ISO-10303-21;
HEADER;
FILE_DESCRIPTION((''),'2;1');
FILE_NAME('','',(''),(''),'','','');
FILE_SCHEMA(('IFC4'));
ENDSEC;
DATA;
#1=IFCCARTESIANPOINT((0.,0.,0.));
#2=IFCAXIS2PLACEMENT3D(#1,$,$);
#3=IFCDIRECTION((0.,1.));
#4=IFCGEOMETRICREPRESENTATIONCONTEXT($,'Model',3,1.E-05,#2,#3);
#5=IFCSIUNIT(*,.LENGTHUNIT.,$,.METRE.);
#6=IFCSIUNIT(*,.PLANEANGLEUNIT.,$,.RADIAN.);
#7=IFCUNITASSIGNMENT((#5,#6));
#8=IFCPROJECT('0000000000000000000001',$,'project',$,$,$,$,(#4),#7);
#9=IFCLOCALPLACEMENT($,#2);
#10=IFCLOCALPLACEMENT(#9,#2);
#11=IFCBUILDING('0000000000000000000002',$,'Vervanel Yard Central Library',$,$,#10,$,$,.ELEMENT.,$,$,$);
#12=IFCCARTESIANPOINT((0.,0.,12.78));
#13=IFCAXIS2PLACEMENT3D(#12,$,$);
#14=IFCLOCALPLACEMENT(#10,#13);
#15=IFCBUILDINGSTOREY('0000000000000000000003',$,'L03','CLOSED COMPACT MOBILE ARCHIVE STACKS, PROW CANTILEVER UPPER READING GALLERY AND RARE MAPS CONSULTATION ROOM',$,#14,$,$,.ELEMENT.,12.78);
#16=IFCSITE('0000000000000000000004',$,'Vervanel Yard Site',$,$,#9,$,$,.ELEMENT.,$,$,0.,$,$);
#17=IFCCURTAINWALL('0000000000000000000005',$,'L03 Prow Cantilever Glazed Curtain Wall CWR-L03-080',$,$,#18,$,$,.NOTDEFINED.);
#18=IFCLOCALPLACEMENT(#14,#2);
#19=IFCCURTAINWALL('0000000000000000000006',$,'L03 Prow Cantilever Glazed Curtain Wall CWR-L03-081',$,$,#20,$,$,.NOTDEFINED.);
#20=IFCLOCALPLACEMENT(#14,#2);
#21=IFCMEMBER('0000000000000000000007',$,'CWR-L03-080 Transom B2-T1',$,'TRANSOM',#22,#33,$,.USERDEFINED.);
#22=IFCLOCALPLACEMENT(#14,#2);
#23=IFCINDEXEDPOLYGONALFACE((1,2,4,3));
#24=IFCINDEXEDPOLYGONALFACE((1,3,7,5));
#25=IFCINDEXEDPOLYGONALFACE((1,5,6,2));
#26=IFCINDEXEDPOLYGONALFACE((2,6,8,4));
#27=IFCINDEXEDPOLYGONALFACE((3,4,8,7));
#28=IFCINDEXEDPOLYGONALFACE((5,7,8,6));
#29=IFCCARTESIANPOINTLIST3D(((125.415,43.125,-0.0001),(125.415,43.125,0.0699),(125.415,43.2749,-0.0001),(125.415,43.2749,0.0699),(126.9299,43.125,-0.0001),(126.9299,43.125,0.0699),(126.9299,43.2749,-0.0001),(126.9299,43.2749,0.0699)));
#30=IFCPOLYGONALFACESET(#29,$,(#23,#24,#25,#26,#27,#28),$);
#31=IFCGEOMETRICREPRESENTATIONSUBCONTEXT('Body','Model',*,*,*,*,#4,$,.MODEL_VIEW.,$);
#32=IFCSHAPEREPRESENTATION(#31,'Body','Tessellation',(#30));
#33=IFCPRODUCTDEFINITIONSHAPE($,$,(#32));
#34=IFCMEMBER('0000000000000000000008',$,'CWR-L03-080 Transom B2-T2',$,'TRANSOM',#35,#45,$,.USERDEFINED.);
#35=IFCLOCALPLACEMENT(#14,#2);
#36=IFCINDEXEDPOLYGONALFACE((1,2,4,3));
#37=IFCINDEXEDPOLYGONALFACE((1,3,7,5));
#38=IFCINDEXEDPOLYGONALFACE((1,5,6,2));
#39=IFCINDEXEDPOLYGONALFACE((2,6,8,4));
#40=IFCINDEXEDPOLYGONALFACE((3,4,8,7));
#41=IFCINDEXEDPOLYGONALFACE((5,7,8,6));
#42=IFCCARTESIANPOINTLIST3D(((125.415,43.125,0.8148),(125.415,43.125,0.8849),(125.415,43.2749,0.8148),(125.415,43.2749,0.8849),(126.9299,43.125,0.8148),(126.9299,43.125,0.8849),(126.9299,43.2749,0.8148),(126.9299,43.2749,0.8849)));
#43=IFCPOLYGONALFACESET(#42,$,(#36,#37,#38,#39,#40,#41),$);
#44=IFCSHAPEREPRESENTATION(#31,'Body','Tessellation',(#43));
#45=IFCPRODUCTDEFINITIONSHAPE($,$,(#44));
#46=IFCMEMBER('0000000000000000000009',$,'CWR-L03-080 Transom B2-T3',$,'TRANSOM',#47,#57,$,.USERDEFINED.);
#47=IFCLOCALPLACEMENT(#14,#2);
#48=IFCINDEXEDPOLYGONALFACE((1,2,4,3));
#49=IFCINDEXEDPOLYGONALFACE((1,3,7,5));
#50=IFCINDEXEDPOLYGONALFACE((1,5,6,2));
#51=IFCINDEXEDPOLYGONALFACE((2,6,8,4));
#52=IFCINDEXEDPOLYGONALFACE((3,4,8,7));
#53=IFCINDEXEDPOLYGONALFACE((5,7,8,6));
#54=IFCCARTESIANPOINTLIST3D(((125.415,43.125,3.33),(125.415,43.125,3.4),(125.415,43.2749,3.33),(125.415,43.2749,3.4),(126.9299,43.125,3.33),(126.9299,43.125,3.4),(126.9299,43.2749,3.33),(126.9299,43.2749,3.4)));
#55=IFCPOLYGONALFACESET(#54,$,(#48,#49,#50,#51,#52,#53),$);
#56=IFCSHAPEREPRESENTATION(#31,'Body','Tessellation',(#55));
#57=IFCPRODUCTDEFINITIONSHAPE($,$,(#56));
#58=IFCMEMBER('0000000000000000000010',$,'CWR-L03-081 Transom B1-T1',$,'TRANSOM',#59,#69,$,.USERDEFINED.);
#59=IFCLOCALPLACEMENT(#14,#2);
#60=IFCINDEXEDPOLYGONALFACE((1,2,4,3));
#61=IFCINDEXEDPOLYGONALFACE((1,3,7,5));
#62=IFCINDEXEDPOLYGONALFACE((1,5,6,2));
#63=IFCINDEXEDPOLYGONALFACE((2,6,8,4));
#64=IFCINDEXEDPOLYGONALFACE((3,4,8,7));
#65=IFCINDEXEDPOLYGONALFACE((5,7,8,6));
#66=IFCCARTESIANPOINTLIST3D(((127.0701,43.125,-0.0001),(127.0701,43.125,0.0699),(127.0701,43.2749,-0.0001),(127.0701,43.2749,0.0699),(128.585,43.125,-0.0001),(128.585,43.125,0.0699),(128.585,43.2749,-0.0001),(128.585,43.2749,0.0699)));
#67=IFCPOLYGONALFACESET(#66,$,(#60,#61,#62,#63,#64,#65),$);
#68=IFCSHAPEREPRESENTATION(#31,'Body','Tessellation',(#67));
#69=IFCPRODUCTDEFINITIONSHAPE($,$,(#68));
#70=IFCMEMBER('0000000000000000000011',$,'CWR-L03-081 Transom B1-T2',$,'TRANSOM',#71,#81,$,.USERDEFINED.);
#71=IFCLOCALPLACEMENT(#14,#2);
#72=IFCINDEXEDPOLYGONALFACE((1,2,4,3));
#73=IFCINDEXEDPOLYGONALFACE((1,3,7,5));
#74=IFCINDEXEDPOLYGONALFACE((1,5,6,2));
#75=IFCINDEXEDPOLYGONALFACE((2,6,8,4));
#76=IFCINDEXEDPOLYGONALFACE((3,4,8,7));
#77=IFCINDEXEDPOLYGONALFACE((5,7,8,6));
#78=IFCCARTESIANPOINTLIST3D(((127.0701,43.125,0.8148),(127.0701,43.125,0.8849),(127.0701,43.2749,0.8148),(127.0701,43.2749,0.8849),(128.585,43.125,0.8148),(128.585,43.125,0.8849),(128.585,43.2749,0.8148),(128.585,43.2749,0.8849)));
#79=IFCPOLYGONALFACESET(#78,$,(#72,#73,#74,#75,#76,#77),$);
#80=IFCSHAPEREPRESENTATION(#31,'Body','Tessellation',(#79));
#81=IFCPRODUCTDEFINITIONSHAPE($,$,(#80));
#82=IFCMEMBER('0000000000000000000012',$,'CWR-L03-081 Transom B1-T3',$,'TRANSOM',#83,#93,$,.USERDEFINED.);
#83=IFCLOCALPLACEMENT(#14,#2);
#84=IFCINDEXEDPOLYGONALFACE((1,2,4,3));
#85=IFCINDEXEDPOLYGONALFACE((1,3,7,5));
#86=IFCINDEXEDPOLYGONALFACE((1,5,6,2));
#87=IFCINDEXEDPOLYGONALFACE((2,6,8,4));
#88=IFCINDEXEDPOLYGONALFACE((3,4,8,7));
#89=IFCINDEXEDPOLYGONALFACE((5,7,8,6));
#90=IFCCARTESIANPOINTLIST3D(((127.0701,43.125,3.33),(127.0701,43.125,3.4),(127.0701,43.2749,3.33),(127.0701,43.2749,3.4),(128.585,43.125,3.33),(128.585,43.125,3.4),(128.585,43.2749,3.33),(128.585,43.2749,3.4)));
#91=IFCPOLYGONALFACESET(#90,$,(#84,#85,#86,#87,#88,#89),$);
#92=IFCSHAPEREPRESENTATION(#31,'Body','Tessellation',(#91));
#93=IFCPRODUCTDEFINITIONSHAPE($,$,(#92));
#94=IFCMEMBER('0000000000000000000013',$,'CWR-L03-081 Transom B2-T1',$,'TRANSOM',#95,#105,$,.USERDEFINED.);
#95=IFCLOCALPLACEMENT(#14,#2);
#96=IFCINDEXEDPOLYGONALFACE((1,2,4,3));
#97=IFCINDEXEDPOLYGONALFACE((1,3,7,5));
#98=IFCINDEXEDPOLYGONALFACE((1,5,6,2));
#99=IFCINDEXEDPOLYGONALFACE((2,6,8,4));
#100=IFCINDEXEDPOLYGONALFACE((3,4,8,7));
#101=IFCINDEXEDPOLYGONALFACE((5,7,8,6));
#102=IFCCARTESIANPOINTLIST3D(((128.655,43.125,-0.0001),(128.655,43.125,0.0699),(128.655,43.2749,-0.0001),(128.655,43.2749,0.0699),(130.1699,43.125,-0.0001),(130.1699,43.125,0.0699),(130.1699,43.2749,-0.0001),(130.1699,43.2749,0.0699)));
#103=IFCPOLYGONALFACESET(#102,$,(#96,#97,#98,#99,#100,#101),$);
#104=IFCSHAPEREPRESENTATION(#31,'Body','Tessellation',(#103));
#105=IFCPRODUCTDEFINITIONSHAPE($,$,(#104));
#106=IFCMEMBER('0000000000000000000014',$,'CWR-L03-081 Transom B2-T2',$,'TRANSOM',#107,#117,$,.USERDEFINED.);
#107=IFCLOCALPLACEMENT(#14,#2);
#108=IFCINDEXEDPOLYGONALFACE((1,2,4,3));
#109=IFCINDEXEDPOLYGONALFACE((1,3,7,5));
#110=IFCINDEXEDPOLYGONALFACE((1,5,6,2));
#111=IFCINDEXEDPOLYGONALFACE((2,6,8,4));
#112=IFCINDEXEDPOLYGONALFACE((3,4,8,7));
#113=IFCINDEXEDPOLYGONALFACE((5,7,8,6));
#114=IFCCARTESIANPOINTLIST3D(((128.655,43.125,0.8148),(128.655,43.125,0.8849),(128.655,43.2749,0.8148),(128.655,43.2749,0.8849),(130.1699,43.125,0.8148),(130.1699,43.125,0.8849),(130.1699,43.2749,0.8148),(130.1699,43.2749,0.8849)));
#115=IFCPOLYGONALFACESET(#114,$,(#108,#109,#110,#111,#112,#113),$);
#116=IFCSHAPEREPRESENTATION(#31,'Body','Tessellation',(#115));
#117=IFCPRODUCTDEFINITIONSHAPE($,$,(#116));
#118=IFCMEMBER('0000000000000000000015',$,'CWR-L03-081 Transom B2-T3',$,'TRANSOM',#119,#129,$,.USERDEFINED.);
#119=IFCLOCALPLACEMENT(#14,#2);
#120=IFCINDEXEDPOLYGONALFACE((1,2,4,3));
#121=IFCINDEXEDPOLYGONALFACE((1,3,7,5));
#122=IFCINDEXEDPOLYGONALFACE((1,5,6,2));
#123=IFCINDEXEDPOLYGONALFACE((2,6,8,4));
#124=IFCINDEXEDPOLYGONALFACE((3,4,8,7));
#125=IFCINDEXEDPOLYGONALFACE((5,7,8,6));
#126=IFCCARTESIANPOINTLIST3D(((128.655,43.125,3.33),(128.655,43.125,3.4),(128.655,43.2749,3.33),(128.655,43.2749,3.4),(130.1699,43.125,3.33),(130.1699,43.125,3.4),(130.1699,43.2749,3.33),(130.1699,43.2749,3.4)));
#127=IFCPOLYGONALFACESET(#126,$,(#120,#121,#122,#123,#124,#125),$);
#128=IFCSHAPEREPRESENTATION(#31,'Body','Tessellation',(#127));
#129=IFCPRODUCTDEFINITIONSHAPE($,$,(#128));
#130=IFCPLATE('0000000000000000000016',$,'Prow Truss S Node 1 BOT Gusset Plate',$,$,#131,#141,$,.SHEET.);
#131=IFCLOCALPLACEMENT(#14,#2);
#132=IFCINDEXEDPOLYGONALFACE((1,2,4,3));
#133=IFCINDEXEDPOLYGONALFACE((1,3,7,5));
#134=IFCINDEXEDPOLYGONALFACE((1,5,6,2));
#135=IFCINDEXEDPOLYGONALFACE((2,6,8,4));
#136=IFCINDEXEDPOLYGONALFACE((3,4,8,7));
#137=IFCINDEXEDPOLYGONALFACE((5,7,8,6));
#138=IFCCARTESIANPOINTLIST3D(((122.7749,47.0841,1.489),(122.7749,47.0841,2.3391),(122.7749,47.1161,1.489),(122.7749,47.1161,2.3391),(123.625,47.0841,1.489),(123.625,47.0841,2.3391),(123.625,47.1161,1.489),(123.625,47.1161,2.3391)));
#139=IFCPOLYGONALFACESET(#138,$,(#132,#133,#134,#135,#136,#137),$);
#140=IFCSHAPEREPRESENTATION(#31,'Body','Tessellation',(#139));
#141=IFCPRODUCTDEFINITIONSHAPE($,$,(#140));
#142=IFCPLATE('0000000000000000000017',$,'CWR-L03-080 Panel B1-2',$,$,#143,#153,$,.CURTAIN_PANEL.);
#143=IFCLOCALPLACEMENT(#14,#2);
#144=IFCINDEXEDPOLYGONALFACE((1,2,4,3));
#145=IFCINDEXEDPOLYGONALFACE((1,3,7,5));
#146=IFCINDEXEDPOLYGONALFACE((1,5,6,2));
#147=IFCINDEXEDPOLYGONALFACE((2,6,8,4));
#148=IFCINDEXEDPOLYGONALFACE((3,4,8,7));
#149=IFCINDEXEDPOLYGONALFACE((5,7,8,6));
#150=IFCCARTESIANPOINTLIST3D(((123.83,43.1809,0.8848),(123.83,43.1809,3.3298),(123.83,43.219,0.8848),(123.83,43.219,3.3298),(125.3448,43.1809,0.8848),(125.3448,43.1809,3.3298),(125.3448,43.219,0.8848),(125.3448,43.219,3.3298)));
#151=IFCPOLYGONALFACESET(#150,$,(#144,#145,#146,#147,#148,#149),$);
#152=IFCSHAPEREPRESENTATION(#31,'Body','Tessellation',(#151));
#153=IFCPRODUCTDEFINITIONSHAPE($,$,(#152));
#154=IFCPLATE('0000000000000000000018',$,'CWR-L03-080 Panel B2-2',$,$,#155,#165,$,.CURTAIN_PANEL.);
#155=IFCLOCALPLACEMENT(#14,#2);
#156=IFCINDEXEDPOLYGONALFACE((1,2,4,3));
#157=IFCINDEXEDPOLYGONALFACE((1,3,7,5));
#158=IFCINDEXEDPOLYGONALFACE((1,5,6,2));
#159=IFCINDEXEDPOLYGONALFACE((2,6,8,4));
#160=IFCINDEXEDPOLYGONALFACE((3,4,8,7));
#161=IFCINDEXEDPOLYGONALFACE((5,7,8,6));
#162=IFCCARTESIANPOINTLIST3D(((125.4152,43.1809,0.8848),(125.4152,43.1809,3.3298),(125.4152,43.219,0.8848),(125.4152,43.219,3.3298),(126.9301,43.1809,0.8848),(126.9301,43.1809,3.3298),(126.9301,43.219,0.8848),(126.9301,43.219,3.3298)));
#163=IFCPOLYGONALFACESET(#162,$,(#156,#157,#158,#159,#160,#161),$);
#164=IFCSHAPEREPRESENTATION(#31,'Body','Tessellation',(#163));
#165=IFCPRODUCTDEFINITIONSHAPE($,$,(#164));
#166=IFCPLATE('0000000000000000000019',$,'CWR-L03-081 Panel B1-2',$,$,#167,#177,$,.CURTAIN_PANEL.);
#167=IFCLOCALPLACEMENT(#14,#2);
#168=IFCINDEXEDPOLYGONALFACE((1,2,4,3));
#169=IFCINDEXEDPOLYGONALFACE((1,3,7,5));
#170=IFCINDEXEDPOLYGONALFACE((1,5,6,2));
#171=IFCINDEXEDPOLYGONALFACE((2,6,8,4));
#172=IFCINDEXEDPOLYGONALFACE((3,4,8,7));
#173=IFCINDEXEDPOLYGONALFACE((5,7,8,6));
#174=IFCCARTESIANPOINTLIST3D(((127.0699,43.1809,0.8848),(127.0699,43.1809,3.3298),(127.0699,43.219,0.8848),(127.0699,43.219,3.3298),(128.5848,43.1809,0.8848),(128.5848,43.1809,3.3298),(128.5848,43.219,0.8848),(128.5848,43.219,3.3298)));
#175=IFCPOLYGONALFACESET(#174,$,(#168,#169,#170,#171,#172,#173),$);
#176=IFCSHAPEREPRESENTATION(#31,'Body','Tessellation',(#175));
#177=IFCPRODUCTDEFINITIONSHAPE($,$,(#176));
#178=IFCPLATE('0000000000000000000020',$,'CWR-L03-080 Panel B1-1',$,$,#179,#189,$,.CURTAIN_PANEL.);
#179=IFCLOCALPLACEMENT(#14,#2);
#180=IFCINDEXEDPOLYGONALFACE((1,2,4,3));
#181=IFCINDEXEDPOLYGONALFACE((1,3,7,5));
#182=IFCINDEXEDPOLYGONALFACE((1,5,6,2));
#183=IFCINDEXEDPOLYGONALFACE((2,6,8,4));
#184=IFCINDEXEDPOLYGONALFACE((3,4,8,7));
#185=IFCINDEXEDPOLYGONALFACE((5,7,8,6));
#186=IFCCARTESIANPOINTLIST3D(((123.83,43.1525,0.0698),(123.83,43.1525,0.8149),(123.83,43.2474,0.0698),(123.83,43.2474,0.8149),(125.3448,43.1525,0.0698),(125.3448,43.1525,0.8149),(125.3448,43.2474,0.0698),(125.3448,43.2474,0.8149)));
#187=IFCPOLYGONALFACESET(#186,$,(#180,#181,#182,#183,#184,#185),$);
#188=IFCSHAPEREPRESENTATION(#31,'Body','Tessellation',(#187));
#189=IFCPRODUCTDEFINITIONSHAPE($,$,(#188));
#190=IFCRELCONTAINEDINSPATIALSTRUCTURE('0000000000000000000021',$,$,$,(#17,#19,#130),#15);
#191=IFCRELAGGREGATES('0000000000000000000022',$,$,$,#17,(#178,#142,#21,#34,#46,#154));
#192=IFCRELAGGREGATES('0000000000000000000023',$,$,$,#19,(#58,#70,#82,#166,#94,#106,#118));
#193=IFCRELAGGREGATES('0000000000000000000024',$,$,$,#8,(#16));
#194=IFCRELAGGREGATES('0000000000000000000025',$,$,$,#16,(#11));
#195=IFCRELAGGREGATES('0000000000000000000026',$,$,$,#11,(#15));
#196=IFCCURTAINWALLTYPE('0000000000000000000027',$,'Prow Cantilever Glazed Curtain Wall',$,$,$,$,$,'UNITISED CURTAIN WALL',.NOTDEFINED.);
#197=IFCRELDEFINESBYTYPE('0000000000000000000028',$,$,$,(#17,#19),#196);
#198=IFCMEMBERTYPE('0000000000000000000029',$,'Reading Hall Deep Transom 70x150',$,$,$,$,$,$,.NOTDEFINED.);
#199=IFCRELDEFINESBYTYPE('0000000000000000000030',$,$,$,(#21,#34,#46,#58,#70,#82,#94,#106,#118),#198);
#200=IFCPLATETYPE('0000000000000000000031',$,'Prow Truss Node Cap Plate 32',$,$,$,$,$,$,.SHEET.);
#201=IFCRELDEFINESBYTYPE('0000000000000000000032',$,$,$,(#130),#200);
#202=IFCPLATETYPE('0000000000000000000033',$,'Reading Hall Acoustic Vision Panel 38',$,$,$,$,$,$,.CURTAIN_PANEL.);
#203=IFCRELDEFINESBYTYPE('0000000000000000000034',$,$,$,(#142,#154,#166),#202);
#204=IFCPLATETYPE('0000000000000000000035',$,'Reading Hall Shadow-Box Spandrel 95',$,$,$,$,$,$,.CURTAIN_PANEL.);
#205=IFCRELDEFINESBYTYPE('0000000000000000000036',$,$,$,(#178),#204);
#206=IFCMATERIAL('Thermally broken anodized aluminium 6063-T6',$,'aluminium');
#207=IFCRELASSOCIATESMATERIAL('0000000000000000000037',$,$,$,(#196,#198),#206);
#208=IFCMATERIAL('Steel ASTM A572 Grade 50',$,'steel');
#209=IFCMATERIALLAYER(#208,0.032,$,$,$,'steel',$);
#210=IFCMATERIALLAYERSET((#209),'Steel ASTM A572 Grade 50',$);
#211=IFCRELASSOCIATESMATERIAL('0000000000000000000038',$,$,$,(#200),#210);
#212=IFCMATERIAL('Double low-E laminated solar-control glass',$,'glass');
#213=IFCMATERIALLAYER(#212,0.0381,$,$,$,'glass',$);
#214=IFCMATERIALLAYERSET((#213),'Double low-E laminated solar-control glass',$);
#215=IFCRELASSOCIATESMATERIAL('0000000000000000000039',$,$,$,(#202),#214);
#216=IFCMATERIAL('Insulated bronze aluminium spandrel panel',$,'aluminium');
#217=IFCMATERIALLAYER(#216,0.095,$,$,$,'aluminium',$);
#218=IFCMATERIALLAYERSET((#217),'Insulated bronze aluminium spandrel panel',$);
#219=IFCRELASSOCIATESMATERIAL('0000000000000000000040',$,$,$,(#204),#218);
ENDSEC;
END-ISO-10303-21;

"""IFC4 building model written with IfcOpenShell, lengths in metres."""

from ifc_helpers import new_model, si_unit, direction, frame, origin, origin_2d, place, context, subcontext, project, spatial, rectangle, extrude, material, layer, layer_set, material_profile, profile_set, type_object, element, aggregate, save


model = new_model("IFC4")

# Units and contexts
model_context = context("Model", 3, precision=1e-05, world=origin(), true_north=direction((0.0, 1.0)))
body_context = subcontext(model_context, "Body", "Model", "MODEL_VIEW")
ifc_project = project(units=[si_unit("LENGTHUNIT", "METRE"), si_unit("PLANEANGLEUNIT", "RADIAN")], contexts=[model_context])

# Site, building, storey
site_placement = place(None, origin())
site = spatial("IfcSite", under=ifc_project, at=site_placement, Name="Vervanel Yard Site", CompositionType="ELEMENT", RefElevation=0.0)
building_placement = place(site_placement, origin())
building = spatial("IfcBuilding", under=site, at=building_placement, Name="Vervanel Yard Central Library", CompositionType="ELEMENT")
storey_placement = place(building_placement, frame((0.0, 0.0, 12.78)))
storey = spatial("IfcBuildingStorey", under=building, at=storey_placement, Name="L03", Description="CLOSED COMPACT MOBILE ARCHIVE STACKS, PROW CANTILEVER UPPER READING GALLERY AND RARE MAPS CONSULTATION ROOM", CompositionType="ELEMENT", Elevation=12.78)

# Curtain walls
ifc_material_1 = material(Name="Thermally broken anodized aluminium 6063-T6", Category="aluminium")
curtain_wall_type = type_object("IfcCurtainWallType", Name="Prow Cantilever Glazed Curtain Wall", ElementType="UNITISED CURTAIN WALL", PredefinedType="NOTDEFINED", material=ifc_material_1)
curtain_wall_1_placement = place(storey_placement, origin())
curtain_wall_1 = element("IfcCurtainWall", 1, at=curtain_wall_1_placement, inside=storey, type_object=curtain_wall_type, Name="L03 Prow Cantilever Glazed Curtain Wall CWR-L03-080", PredefinedType="NOTDEFINED")
curtain_wall_2_placement = place(storey_placement, origin())
curtain_wall_2 = element("IfcCurtainWall", 2, at=curtain_wall_2_placement, inside=storey, type_object=curtain_wall_type, Name="L03 Prow Cantilever Glazed Curtain Wall CWR-L03-081", PredefinedType="NOTDEFINED")

# Members
ifc_material_profile_1 = material_profile(ifc_material_1, rectangle(XDim=0.0701, YDim=0.1499, at=origin_2d()), Name="ALU 70x150", Category="aluminium")
ifc_profile_set_1 = profile_set([ifc_material_profile_1], Name="Thermally broken anodized aluminium 6063-T6")
member_type_1 = type_object("IfcMemberType", Name="Reading Hall Deep Transom 70x150", PredefinedType="NOTDEFINED", material=ifc_profile_set_1)
member_1_placement = place(storey_placement, frame((125.415, 43.2, 0.0349), z_axis=(1.0, 0.0, 0.0), x_axis=(0.0, 0.0, 1.0)))
member_1 = element("IfcMember", 3, at=member_1_placement, type_object=member_type_1, Name="CWR-L03-080 Transom B2-T1", ObjectType="TRANSOM", PredefinedType="USERDEFINED", context=body_context, shape_type="SweptSolid", body=[
    extrude(rectangle(XDim=0.0701, YDim=0.1499, at=origin_2d()), origin(), (0.0, 0.0, 1.0), 1.5149),
])
member_2_placement = place(storey_placement, frame((125.415, 43.2, 0.8499), z_axis=(1.0, 0.0, 0.0), x_axis=(0.0, 0.0, 1.0)))
member_2 = element("IfcMember", 4, at=member_2_placement, type_object=member_type_1, Name="CWR-L03-080 Transom B2-T2", ObjectType="TRANSOM", PredefinedType="USERDEFINED", context=body_context, shape_type="SweptSolid", body=[
    extrude(rectangle(XDim=0.0701, YDim=0.1499, at=origin_2d()), origin(), (0.0, 0.0, 1.0), 1.5149),
])
member_3_placement = place(storey_placement, frame((125.415, 43.2, 3.365), z_axis=(1.0, 0.0, 0.0), x_axis=(0.0, 0.0, 1.0)))
member_3 = element("IfcMember", 5, at=member_3_placement, type_object=member_type_1, Name="CWR-L03-080 Transom B2-T3", ObjectType="TRANSOM", PredefinedType="USERDEFINED", context=body_context, shape_type="SweptSolid", body=[
    extrude(rectangle(XDim=0.0701, YDim=0.1499, at=origin_2d()), origin(), (0.0, 0.0, 1.0), 1.5149),
])
member_4_placement = place(storey_placement, frame((127.0701, 43.2, 0.0349), z_axis=(1.0, 0.0, 0.0), x_axis=(0.0, 0.0, 1.0)))
member_4 = element("IfcMember", 6, at=member_4_placement, type_object=member_type_1, Name="CWR-L03-081 Transom B1-T1", ObjectType="TRANSOM", PredefinedType="USERDEFINED", context=body_context, shape_type="SweptSolid", body=[
    extrude(rectangle(XDim=0.0701, YDim=0.1499, at=origin_2d()), origin(), (0.0, 0.0, 1.0), 1.5149),
])
member_5_placement = place(storey_placement, frame((127.0701, 43.2, 0.8499), z_axis=(1.0, 0.0, 0.0), x_axis=(0.0, 0.0, 1.0)))
member_5 = element("IfcMember", 7, at=member_5_placement, type_object=member_type_1, Name="CWR-L03-081 Transom B1-T2", ObjectType="TRANSOM", PredefinedType="USERDEFINED", context=body_context, shape_type="SweptSolid", body=[
    extrude(rectangle(XDim=0.0701, YDim=0.1499, at=origin_2d()), origin(), (0.0, 0.0, 1.0), 1.5149),
])
member_6_placement = place(storey_placement, frame((127.0701, 43.2, 3.365), z_axis=(1.0, 0.0, 0.0), x_axis=(0.0, 0.0, 1.0)))
member_6 = element("IfcMember", 8, at=member_6_placement, type_object=member_type_1, Name="CWR-L03-081 Transom B1-T3", ObjectType="TRANSOM", PredefinedType="USERDEFINED", context=body_context, shape_type="SweptSolid", body=[
    extrude(rectangle(XDim=0.0701, YDim=0.1499, at=origin_2d()), origin(), (0.0, 0.0, 1.0), 1.5149),
])
member_7_placement = place(storey_placement, frame((128.655, 43.2, 0.0349), z_axis=(1.0, 0.0, 0.0), x_axis=(0.0, 0.0, 1.0)))
member_7 = element("IfcMember", 9, at=member_7_placement, type_object=member_type_1, Name="CWR-L03-081 Transom B2-T1", ObjectType="TRANSOM", PredefinedType="USERDEFINED", context=body_context, shape_type="SweptSolid", body=[
    extrude(rectangle(XDim=0.0701, YDim=0.1499, at=origin_2d()), origin(), (0.0, 0.0, 1.0), 1.5149),
])
member_8_placement = place(storey_placement, frame((128.655, 43.2, 0.8499), z_axis=(1.0, 0.0, 0.0), x_axis=(0.0, 0.0, 1.0)))
member_8 = element("IfcMember", 10, at=member_8_placement, type_object=member_type_1, Name="CWR-L03-081 Transom B2-T2", ObjectType="TRANSOM", PredefinedType="USERDEFINED", context=body_context, shape_type="SweptSolid", body=[
    extrude(rectangle(XDim=0.0701, YDim=0.1499, at=origin_2d()), origin(), (0.0, 0.0, 1.0), 1.5149),
])
member_9_placement = place(storey_placement, frame((128.655, 43.2, 3.365), z_axis=(1.0, 0.0, 0.0), x_axis=(0.0, 0.0, 1.0)))
member_9 = element("IfcMember", 11, at=member_9_placement, type_object=member_type_1, Name="CWR-L03-081 Transom B2-T3", ObjectType="TRANSOM", PredefinedType="USERDEFINED", context=body_context, shape_type="SweptSolid", body=[
    extrude(rectangle(XDim=0.0701, YDim=0.1499, at=origin_2d()), origin(), (0.0, 0.0, 1.0), 1.5149),
])

# Plates
ifc_material_2 = material(Name="Steel ASTM A572 Grade 50", Category="steel")
ifc_layer_1 = layer(ifc_material_2, 0.032, Category="steel")
ifc_layer_set_1 = layer_set([ifc_layer_1], Name="Steel ASTM A572 Grade 50")
plate_type_1 = type_object("IfcPlateType", Name="Prow Truss Node Cap Plate 32", PredefinedType="SHEET", material=ifc_layer_set_1)
plate_1_placement = place(storey_placement, frame((123.2, 47.1001, 1.489), z_axis=(0.0, 0.0, 1.0), x_axis=(1.0, 0.0, 0.0)))
element("IfcPlate", 12, at=plate_1_placement, inside=storey, type_object=plate_type_1, Name="Prow Truss S Node 1 BOT Gusset Plate", PredefinedType="SHEET", context=body_context, shape_type="SweptSolid", body=[
    extrude(rectangle(XDim=0.8501, YDim=0.032, at=origin_2d()), origin(), (0.0, 0.0, 1.0), 0.8501),
])
ifc_material_3 = material(Name="Double low-E laminated solar-control glass", Category="glass")
ifc_layer_2 = layer(ifc_material_3, 0.0381, Category="glass")
ifc_layer_set_2 = layer_set([ifc_layer_2], Name="Double low-E laminated solar-control glass")
plate_type_2 = type_object("IfcPlateType", Name="Reading Hall Acoustic Vision Panel 38", PredefinedType="CURTAIN_PANEL", material=ifc_layer_set_2)
plate_2_placement = place(storey_placement, frame((124.5874, 43.2, 0.8848), z_axis=(0.0, 0.0, 1.0), x_axis=(1.0, 0.0, 0.0)))
plate_2 = element("IfcPlate", 13, at=plate_2_placement, type_object=plate_type_2, Name="CWR-L03-080 Panel B1-2", PredefinedType="CURTAIN_PANEL", context=body_context, shape_type="SweptSolid", body=[
    extrude(rectangle(XDim=1.5149, YDim=0.0381, at=origin_2d()), origin(), (0.0, 0.0, 1.0), 2.4451),
])
plate_3_placement = place(storey_placement, frame((126.1726, 43.2, 0.8848), z_axis=(0.0, 0.0, 1.0), x_axis=(1.0, 0.0, 0.0)))
plate_3 = element("IfcPlate", 14, at=plate_3_placement, type_object=plate_type_2, Name="CWR-L03-080 Panel B2-2", PredefinedType="CURTAIN_PANEL", context=body_context, shape_type="SweptSolid", body=[
    extrude(rectangle(XDim=1.5149, YDim=0.0381, at=origin_2d()), origin(), (0.0, 0.0, 1.0), 2.4451),
])
plate_4_placement = place(storey_placement, frame((127.8274, 43.2, 0.8848), z_axis=(0.0, 0.0, 1.0), x_axis=(1.0, 0.0, 0.0)))
plate_4 = element("IfcPlate", 15, at=plate_4_placement, type_object=plate_type_2, Name="CWR-L03-081 Panel B1-2", PredefinedType="CURTAIN_PANEL", context=body_context, shape_type="SweptSolid", body=[
    extrude(rectangle(XDim=1.5149, YDim=0.0381, at=origin_2d()), origin(), (0.0, 0.0, 1.0), 2.4451),
])
ifc_material_4 = material(Name="Insulated bronze aluminium spandrel panel", Category="aluminium")
ifc_layer_3 = layer(ifc_material_4, 0.095, Category="aluminium")
ifc_layer_set_3 = layer_set([ifc_layer_3], Name="Insulated bronze aluminium spandrel panel")
plate_type_3 = type_object("IfcPlateType", Name="Reading Hall Shadow-Box Spandrel 95", PredefinedType="CURTAIN_PANEL", material=ifc_layer_set_3)
plate_5_placement = place(storey_placement, frame((124.5874, 43.2, 0.0698), z_axis=(0.0, 0.0, 1.0), x_axis=(1.0, 0.0, 0.0)))
plate_5 = element("IfcPlate", 16, at=plate_5_placement, type_object=plate_type_3, Name="CWR-L03-080 Panel B1-1", PredefinedType="CURTAIN_PANEL", context=body_context, shape_type="SweptSolid", body=[
    extrude(rectangle(XDim=1.5149, YDim=0.095, at=origin_2d()), origin(), (0.0, 0.0, 1.0), 0.7451),
])
aggregate(curtain_wall_1, [plate_5, plate_2, member_1, member_2, member_3, plate_3])
aggregate(curtain_wall_2, [member_4, member_5, member_6, plate_4, member_7, member_8, member_9])

save(model, "model.ifc")
